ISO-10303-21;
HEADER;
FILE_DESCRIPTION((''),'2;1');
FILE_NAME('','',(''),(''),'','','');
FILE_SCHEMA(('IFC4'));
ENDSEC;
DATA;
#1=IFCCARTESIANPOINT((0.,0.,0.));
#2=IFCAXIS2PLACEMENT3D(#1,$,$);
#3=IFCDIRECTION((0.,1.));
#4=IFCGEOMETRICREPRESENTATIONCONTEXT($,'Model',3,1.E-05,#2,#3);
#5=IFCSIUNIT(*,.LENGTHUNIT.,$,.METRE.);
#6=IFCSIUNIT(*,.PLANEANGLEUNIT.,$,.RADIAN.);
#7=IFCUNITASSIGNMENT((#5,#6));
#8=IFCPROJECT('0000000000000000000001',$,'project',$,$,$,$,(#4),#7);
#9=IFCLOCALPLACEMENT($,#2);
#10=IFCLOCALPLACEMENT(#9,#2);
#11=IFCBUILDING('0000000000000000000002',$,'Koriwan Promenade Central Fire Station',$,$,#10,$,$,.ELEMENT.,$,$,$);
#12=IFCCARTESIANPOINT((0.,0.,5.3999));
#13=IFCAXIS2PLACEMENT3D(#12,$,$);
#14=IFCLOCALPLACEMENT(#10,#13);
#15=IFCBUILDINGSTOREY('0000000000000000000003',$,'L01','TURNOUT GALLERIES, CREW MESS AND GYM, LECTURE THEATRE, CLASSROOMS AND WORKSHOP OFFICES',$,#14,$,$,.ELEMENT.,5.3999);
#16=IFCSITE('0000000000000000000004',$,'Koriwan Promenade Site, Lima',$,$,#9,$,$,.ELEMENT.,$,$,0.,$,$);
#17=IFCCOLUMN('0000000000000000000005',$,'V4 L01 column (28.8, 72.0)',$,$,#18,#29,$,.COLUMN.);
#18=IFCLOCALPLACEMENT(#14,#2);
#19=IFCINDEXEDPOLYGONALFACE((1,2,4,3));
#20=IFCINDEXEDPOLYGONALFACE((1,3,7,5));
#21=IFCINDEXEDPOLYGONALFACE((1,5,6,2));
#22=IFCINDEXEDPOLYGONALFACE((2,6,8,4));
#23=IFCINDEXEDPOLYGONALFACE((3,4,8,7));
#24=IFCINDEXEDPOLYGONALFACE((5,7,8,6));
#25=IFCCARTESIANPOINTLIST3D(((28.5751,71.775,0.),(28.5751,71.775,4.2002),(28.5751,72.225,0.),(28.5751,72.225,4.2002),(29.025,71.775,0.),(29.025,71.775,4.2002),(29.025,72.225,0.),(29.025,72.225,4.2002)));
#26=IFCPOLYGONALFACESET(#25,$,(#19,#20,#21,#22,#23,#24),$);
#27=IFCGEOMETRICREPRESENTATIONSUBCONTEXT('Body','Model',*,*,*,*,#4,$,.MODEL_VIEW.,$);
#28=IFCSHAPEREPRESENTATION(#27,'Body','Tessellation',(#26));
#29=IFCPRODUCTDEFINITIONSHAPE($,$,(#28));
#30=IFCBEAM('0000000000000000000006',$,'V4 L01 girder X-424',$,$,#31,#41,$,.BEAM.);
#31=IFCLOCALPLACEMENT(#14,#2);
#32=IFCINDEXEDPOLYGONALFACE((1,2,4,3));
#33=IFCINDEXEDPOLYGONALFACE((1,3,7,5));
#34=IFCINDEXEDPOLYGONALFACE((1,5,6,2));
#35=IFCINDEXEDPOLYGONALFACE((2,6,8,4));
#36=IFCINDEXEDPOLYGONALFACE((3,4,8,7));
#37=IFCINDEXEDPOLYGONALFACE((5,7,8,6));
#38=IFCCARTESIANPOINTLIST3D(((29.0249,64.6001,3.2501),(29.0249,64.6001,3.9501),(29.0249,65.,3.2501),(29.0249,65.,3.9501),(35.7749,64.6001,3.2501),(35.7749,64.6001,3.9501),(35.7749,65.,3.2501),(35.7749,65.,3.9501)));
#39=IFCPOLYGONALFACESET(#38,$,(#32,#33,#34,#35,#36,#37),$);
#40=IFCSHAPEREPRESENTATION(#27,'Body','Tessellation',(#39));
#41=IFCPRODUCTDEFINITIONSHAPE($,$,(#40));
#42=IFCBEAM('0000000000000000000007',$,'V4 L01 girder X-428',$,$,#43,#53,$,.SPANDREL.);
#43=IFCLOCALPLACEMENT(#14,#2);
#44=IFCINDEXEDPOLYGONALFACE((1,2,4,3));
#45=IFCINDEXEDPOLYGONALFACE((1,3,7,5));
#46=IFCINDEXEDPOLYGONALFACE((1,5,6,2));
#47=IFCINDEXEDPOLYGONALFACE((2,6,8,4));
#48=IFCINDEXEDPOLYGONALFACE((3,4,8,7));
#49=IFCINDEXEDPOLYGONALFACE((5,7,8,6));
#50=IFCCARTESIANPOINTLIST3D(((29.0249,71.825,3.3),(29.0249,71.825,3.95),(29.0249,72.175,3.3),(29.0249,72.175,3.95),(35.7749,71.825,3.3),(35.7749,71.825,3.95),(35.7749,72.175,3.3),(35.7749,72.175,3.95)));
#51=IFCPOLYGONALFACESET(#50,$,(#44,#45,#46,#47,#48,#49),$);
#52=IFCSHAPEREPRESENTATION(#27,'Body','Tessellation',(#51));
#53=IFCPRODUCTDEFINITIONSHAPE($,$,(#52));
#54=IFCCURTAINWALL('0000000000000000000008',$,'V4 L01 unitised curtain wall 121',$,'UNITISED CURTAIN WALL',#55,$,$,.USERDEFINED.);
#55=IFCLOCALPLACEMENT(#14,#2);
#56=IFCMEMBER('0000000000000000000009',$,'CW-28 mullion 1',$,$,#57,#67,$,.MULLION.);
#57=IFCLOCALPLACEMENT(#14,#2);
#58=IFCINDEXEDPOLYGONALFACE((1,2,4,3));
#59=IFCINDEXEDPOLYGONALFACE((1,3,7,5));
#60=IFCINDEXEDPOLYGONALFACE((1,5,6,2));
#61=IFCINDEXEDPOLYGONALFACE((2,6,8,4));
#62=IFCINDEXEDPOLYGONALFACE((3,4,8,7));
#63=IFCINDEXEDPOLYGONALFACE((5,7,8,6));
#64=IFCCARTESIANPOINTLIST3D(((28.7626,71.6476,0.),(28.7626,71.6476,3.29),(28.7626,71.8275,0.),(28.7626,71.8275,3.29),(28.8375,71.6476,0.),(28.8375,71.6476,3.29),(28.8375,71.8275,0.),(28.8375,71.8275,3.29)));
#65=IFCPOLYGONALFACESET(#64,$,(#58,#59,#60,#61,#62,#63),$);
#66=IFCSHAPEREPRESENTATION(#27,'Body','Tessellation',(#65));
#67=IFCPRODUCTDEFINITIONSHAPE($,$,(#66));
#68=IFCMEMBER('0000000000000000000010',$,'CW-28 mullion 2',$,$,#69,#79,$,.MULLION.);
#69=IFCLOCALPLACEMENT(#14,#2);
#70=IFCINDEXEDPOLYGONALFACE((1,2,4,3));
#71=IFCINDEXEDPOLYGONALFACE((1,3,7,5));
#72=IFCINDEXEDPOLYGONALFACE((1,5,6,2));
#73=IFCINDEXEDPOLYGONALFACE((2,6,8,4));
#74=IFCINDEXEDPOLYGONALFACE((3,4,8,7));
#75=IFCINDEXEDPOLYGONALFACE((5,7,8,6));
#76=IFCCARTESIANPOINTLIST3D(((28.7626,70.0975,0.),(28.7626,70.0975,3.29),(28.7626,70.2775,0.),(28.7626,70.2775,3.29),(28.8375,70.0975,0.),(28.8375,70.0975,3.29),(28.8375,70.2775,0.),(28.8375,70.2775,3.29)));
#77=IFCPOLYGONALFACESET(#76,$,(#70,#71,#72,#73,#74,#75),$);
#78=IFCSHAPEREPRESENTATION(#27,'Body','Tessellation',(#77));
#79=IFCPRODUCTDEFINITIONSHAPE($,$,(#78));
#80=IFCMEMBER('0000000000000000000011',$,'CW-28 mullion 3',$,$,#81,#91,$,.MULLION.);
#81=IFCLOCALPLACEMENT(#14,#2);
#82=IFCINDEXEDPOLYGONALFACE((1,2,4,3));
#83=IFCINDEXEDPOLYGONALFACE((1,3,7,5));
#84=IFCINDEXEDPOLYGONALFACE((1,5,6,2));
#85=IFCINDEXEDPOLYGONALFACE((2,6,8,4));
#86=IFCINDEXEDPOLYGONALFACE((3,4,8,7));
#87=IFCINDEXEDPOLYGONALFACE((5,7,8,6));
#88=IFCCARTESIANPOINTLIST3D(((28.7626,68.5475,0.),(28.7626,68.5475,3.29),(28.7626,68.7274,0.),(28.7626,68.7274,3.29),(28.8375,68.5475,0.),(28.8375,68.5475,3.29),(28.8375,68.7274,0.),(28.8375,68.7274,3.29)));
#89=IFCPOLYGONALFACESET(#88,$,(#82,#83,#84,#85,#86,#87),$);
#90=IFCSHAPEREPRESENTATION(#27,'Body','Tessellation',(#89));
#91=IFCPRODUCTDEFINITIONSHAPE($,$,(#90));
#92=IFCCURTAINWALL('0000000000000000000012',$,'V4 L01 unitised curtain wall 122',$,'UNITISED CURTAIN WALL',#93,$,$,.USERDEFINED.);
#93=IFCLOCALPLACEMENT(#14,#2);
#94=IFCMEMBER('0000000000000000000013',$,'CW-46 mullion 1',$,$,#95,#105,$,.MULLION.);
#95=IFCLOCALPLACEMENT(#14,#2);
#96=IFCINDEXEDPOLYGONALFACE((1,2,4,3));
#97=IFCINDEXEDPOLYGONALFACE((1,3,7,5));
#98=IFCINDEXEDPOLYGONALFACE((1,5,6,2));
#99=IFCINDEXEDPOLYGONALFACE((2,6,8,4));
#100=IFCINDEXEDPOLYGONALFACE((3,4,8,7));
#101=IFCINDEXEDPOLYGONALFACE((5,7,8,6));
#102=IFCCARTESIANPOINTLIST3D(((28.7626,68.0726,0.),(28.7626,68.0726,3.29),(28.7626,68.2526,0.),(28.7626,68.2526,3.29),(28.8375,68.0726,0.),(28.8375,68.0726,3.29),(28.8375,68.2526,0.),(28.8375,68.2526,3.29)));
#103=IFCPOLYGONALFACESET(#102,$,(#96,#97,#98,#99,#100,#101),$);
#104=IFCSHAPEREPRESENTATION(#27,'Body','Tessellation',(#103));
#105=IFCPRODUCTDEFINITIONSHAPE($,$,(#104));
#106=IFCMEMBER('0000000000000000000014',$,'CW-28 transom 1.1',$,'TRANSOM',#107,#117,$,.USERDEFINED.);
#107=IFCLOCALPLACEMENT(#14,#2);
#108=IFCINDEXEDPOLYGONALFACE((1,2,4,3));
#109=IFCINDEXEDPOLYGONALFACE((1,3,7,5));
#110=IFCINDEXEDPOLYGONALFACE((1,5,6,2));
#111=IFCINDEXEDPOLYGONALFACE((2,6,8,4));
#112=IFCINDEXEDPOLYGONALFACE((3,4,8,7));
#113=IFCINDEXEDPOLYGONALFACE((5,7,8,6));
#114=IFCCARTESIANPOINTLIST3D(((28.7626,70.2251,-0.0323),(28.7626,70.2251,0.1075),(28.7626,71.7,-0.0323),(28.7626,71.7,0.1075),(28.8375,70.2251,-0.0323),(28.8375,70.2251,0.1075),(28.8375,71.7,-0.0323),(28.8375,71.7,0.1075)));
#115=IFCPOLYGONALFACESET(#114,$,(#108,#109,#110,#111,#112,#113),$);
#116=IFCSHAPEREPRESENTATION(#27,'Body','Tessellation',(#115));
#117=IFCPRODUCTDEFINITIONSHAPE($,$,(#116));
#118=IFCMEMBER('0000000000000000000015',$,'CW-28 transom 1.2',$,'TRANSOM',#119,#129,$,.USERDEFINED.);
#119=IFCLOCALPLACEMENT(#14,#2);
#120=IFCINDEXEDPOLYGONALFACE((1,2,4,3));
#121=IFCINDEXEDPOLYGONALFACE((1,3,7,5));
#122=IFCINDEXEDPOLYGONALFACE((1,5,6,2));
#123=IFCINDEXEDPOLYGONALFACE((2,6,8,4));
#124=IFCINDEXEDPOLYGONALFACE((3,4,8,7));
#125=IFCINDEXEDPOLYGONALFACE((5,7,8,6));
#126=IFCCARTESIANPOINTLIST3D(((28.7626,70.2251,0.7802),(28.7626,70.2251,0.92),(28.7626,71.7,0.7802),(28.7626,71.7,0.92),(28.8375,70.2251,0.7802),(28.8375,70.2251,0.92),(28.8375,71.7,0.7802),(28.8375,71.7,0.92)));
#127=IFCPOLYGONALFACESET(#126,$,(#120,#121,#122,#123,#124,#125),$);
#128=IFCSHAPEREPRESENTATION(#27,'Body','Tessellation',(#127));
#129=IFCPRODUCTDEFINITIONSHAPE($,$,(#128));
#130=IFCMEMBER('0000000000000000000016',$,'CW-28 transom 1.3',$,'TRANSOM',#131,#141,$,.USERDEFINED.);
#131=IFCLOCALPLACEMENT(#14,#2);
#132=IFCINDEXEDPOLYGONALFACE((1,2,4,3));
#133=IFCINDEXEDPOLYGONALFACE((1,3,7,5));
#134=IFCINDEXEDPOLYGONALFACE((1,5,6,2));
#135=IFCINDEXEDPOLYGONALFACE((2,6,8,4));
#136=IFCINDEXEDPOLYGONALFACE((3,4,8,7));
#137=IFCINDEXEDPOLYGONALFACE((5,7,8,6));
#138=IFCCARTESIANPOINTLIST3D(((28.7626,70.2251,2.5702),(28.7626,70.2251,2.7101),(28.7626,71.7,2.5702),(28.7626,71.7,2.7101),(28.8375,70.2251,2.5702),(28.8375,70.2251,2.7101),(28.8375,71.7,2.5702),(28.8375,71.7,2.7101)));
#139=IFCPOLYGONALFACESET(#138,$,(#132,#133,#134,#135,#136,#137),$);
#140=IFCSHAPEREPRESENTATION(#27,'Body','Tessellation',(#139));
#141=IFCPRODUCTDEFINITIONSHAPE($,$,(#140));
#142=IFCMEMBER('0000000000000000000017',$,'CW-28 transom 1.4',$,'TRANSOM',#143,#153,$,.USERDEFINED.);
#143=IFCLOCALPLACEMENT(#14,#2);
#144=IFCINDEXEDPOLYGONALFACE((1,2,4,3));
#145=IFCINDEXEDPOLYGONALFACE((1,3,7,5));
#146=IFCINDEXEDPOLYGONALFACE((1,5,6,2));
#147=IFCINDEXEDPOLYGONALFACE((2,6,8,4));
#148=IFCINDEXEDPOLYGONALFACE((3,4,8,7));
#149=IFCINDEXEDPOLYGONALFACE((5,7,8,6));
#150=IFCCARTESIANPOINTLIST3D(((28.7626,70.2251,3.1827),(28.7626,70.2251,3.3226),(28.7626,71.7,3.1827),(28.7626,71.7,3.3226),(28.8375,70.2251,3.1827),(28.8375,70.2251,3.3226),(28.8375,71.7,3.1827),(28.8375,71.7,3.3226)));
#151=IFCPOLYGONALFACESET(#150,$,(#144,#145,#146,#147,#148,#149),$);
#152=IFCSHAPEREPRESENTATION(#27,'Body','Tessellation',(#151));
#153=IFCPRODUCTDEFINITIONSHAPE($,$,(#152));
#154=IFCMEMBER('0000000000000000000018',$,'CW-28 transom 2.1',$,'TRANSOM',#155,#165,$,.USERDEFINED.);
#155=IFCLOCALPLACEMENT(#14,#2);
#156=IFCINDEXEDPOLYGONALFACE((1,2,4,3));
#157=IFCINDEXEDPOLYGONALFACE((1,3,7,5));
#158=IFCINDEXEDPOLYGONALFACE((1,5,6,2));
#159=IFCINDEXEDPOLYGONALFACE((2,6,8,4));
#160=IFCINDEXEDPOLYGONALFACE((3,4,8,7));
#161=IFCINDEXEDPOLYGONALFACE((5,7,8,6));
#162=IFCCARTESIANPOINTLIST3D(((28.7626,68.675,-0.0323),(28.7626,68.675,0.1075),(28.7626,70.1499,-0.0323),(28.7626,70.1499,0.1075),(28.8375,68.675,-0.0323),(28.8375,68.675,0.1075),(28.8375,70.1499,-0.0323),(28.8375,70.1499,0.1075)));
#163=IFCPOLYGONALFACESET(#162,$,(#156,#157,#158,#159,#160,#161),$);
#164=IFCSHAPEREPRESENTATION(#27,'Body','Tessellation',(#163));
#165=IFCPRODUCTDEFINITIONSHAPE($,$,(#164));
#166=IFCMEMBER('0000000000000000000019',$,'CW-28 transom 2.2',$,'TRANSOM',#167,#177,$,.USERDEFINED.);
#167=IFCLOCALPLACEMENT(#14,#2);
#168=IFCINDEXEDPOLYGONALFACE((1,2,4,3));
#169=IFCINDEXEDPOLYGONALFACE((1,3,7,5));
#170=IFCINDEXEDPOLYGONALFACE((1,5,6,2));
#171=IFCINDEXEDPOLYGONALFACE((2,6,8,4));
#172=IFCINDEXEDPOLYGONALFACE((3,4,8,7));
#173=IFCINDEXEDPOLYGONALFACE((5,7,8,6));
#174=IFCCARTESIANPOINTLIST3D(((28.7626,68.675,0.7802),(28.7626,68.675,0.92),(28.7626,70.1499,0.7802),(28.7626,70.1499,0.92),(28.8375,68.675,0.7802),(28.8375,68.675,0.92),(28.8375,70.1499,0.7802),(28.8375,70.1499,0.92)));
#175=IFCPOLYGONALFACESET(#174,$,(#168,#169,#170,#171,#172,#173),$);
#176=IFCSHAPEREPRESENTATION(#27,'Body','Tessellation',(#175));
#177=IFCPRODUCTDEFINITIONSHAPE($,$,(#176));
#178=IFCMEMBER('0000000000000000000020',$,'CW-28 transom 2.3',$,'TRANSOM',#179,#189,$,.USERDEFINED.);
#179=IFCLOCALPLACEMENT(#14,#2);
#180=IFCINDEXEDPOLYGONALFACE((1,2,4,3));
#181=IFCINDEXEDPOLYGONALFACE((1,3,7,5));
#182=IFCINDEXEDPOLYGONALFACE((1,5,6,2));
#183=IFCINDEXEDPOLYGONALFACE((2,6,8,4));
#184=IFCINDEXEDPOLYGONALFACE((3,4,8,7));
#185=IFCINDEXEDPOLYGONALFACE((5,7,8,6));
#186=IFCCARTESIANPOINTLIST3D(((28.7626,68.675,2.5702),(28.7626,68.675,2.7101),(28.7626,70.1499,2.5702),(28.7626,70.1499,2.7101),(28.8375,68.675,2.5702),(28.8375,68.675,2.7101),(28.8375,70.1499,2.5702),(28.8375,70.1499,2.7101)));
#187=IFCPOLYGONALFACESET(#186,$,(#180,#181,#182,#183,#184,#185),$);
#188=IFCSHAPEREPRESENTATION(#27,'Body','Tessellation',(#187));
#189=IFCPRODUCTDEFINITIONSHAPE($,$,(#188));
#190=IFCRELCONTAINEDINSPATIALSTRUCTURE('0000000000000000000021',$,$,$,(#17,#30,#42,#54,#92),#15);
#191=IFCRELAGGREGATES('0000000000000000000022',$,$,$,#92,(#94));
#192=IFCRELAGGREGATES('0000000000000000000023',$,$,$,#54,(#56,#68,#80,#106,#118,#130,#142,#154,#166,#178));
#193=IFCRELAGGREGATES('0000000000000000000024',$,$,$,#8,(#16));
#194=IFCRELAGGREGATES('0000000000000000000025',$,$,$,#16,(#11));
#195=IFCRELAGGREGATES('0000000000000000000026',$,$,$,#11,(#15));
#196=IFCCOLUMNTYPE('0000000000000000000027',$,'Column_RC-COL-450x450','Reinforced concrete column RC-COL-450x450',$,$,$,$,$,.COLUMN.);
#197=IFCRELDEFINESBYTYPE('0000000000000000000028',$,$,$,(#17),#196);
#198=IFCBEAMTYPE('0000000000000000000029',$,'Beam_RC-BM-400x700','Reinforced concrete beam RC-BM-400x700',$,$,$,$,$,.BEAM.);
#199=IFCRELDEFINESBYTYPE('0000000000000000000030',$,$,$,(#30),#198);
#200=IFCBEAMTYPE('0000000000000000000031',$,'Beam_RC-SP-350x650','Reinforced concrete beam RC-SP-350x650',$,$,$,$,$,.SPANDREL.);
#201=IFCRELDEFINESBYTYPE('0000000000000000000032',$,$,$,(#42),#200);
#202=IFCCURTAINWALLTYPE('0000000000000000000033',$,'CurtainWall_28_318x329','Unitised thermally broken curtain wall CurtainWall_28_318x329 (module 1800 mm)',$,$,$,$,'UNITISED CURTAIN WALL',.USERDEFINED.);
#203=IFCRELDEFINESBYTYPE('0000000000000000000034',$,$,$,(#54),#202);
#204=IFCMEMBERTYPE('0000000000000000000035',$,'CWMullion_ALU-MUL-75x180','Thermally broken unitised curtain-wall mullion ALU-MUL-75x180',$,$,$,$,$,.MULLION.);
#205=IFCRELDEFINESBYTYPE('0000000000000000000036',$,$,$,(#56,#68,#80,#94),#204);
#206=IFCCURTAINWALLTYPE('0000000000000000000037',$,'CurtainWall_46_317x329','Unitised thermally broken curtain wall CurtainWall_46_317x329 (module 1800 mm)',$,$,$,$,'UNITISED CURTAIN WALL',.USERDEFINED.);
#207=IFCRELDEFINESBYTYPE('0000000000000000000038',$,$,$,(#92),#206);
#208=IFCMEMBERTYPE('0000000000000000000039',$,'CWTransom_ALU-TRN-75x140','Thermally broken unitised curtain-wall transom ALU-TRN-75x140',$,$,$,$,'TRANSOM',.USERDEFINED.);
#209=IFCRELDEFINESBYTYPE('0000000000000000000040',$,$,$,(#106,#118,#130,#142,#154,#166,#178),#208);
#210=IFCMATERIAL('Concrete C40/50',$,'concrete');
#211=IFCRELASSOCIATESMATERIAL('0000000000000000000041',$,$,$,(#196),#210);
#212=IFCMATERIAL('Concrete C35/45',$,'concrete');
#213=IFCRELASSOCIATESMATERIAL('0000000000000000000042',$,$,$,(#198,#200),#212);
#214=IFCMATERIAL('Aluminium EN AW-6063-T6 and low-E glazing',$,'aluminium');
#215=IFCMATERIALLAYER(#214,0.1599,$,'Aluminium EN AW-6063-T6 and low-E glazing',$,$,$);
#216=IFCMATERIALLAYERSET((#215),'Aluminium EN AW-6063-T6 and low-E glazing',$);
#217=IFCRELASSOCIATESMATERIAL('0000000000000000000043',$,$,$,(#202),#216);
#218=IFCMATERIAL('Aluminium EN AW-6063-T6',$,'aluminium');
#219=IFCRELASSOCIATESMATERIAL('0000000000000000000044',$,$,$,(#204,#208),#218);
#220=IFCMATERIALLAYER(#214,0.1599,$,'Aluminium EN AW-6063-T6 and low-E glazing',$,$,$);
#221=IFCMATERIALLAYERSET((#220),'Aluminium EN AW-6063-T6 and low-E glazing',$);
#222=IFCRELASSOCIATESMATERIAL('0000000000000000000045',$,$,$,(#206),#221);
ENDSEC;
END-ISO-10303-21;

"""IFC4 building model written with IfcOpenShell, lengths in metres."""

from ifc_helpers import new_model, si_unit, direction, frame, origin, origin_2d, place, context, subcontext, project, spatial, rectangle, extrude, material, layer, layer_set, material_profile, profile_set, type_object, element, aggregate, save


model = new_model("IFC4")

# Units and contexts
model_context = context("Model", 3, precision=1e-05, world=origin(), true_north=direction((0.0, 1.0)))
body_context = subcontext(model_context, "Body", "Model", "MODEL_VIEW")
ifc_project = project(units=[si_unit("LENGTHUNIT", "METRE"), si_unit("PLANEANGLEUNIT", "RADIAN")], contexts=[model_context])

# Site, building, storey
site_placement = place(None, origin())
site = spatial("IfcSite", under=ifc_project, at=site_placement, Name="Koriwan Promenade Site, Lima", CompositionType="ELEMENT", RefElevation=0.0)
building_placement = place(site_placement, origin())
building = spatial("IfcBuilding", under=site, at=building_placement, Name="Koriwan Promenade Central Fire Station", CompositionType="ELEMENT")
storey_placement = place(building_placement, frame((0.0, 0.0, 5.3999)))
storey = spatial("IfcBuildingStorey", under=building, at=storey_placement, Name="L01", Description="TURNOUT GALLERIES, CREW MESS AND GYM, LECTURE THEATRE, CLASSROOMS AND WORKSHOP OFFICES", CompositionType="ELEMENT", Elevation=5.3999)

# Column
ifc_material_1 = material(Name="Concrete C40/50", Category="concrete")
ifc_material_profile_1 = material_profile(ifc_material_1, rectangle(XDim=0.45, YDim=0.45, at=origin_2d()), Name="RC-COL-450x450")
ifc_profile_set_1 = profile_set([ifc_material_profile_1], Name="Concrete C40/50")
column_type = type_object("IfcColumnType", Name="Column_RC-COL-450x450", Description="Reinforced concrete column RC-COL-450x450", PredefinedType="COLUMN", material=ifc_profile_set_1)
column_placement = place(storey_placement, frame((28.8, 72.0, 0.0), z_axis=(0.0, 0.0, 1.0), x_axis=(1.0, 0.0, 0.0)))
element("IfcColumn", 1, at=column_placement, inside=storey, type_object=column_type, Name="V4 L01 column (28.8, 72.0)", PredefinedType="COLUMN", context=body_context, shape_type="SweptSolid", body=[
    extrude(rectangle(XDim=0.45, YDim=0.45, at=origin_2d()), origin(), (0.0, 0.0, 1.0), 4.2002),
])

# Beams
ifc_material_2 = material(Name="Concrete C35/45", Category="concrete")
ifc_material_profile_2 = material_profile(ifc_material_2, rectangle(XDim=0.3999, YDim=0.7, at=origin_2d()), Name="RC-BM-400x700")
ifc_profile_set_2 = profile_set([ifc_material_profile_2], Name="Concrete C35/45")
beam_type_1 = type_object("IfcBeamType", Name="Beam_RC-BM-400x700", Description="Reinforced concrete beam RC-BM-400x700", PredefinedType="BEAM", material=ifc_profile_set_2)
beam_1_placement = place(storey_placement, frame((29.0249, 64.8, 3.6001), z_axis=(1.0, 0.0, 0.0), x_axis=(0.0, 1.0, 0.0)))
element("IfcBeam", 2, at=beam_1_placement, inside=storey, type_object=beam_type_1, Name="V4 L01 girder X-424", PredefinedType="BEAM", context=body_context, shape_type="SweptSolid", body=[
    extrude(rectangle(XDim=0.3999, YDim=0.7, at=origin_2d()), origin(), (0.0, 0.0, 1.0), 6.75),
])
ifc_material_profile_3 = material_profile(ifc_material_2, rectangle(XDim=0.3501, YDim=0.6499, at=origin_2d()), Name="RC-SP-350x650")
ifc_profile_set_3 = profile_set([ifc_material_profile_3], Name="Concrete C35/45")
beam_type_2 = type_object("IfcBeamType", Name="Beam_RC-SP-350x650", Description="Reinforced concrete beam RC-SP-350x650", PredefinedType="SPANDREL", material=ifc_profile_set_3)
beam_2_placement = place(storey_placement, frame((29.0249, 72.0, 3.625), z_axis=(1.0, 0.0, 0.0), x_axis=(0.0, 1.0, 0.0)))
element("IfcBeam", 3, at=beam_2_placement, inside=storey, type_object=beam_type_2, Name="V4 L01 girder X-428", PredefinedType="SPANDREL", context=body_context, shape_type="SweptSolid", body=[
    extrude(rectangle(XDim=0.3501, YDim=0.6499, at=origin_2d()), origin(), (0.0, 0.0, 1.0), 6.75),
])

# Curtain wall, members
ifc_material_3 = material(Name="Aluminium EN AW-6063-T6 and low-E glazing", Category="aluminium")
ifc_layer_1 = layer(ifc_material_3, 0.1599, Name="Aluminium EN AW-6063-T6 and low-E glazing")
ifc_layer_set_1 = layer_set([ifc_layer_1], Name="Aluminium EN AW-6063-T6 and low-E glazing")
curtain_wall_type_1 = type_object("IfcCurtainWallType", Name="CurtainWall_28_318x329", Description="Unitised thermally broken curtain wall CurtainWall_28_318x329 (module 1800 mm)", ElementType="UNITISED CURTAIN WALL", PredefinedType="USERDEFINED", material=ifc_layer_set_1)
curtain_wall_1_placement = place(storey_placement, origin())
curtain_wall_1 = element("IfcCurtainWall", 4, at=curtain_wall_1_placement, inside=storey, type_object=curtain_wall_type_1, Name="V4 L01 unitised curtain wall 121", ObjectType="UNITISED CURTAIN WALL", PredefinedType="USERDEFINED")
ifc_material_4 = material(Name="Aluminium EN AW-6063-T6", Category="aluminium")
ifc_material_profile_4 = material_profile(ifc_material_4, rectangle(XDim=0.075, YDim=0.1799, at=origin_2d()), Name="ALU-MUL-75x180")
ifc_profile_set_4 = profile_set([ifc_material_profile_4], Name="Aluminium EN AW-6063-T6")
member_type_1 = type_object("IfcMemberType", Name="CWMullion_ALU-MUL-75x180", Description="Thermally broken unitised curtain-wall mullion ALU-MUL-75x180", PredefinedType="MULLION", material=ifc_profile_set_4)
member_1_placement = place(storey_placement, frame((28.8, 71.7375, 0.0), z_axis=(0.0, 0.0, 1.0), x_axis=(1.0, 0.0, 0.0)))
member_1 = element("IfcMember", 5, at=member_1_placement, type_object=member_type_1, Name="CW-28 mullion 1", PredefinedType="MULLION", context=body_context, shape_type="SweptSolid", body=[
    extrude(rectangle(XDim=0.075, YDim=0.1799, at=origin_2d()), origin(), (0.0, 0.0, 1.0), 3.29),
])
member_2_placement = place(storey_placement, frame((28.8, 70.1875, 0.0), z_axis=(0.0, 0.0, 1.0), x_axis=(1.0, 0.0, 0.0)))
member_2 = element("IfcMember", 6, at=member_2_placement, type_object=member_type_1, Name="CW-28 mullion 2", PredefinedType="MULLION", context=body_context, shape_type="SweptSolid", body=[
    extrude(rectangle(XDim=0.075, YDim=0.1799, at=origin_2d()), origin(), (0.0, 0.0, 1.0), 3.29),
])
member_3_placement = place(storey_placement, frame((28.8, 68.6375, 0.0), z_axis=(0.0, 0.0, 1.0), x_axis=(1.0, 0.0, 0.0)))
member_3 = element("IfcMember", 7, at=member_3_placement, type_object=member_type_1, Name="CW-28 mullion 3", PredefinedType="MULLION", context=body_context, shape_type="SweptSolid", body=[
    extrude(rectangle(XDim=0.075, YDim=0.1799, at=origin_2d()), origin(), (0.0, 0.0, 1.0), 3.29),
])

# Curtain wall, member
ifc_layer_2 = layer(ifc_material_3, 0.1599, Name="Aluminium EN AW-6063-T6 and low-E glazing")
ifc_layer_set_2 = layer_set([ifc_layer_2], Name="Aluminium EN AW-6063-T6 and low-E glazing")
curtain_wall_type_2 = type_object("IfcCurtainWallType", Name="CurtainWall_46_317x329", Description="Unitised thermally broken curtain wall CurtainWall_46_317x329 (module 1800 mm)", ElementType="UNITISED CURTAIN WALL", PredefinedType="USERDEFINED", material=ifc_layer_set_2)
curtain_wall_2_placement = place(storey_placement, origin())
curtain_wall_2 = element("IfcCurtainWall", 8, at=curtain_wall_2_placement, inside=storey, type_object=curtain_wall_type_2, Name="V4 L01 unitised curtain wall 122", ObjectType="UNITISED CURTAIN WALL", PredefinedType="USERDEFINED")
member_4_placement = place(storey_placement, frame((28.8, 68.1626, 0.0), z_axis=(0.0, 0.0, 1.0), x_axis=(1.0, 0.0, 0.0)))
member_4 = element("IfcMember", 9, at=member_4_placement, type_object=member_type_1, Name="CW-46 mullion 1", PredefinedType="MULLION", context=body_context, shape_type="SweptSolid", body=[
    extrude(rectangle(XDim=0.075, YDim=0.1799, at=origin_2d()), origin(), (0.0, 0.0, 1.0), 3.29),
])

# Members
ifc_material_profile_5 = material_profile(ifc_material_4, rectangle(XDim=0.075, YDim=0.1399, at=origin_2d()), Name="ALU-TRN-75x140")
ifc_profile_set_5 = profile_set([ifc_material_profile_5], Name="Aluminium EN AW-6063-T6")
member_type_2 = type_object("IfcMemberType", Name="CWTransom_ALU-TRN-75x140", Description="Thermally broken unitised curtain-wall transom ALU-TRN-75x140", ElementType="TRANSOM", PredefinedType="USERDEFINED", material=ifc_profile_set_5)
member_5_placement = place(storey_placement, frame((28.8, 71.7, 0.0376), z_axis=(0.0, -1.0, 0.0), x_axis=(1.0, 0.0, 0.0)))
member_5 = element("IfcMember", 10, at=member_5_placement, type_object=member_type_2, Name="CW-28 transom 1.1", ObjectType="TRANSOM", PredefinedType="USERDEFINED", context=body_context, shape_type="SweptSolid", body=[
    extrude(rectangle(XDim=0.075, YDim=0.1399, at=origin_2d()), origin(), (0.0, 0.0, 1.0), 1.4749),
])
member_6_placement = place(storey_placement, frame((28.8, 71.7, 0.8501), z_axis=(0.0, -1.0, 0.0), x_axis=(1.0, 0.0, 0.0)))
member_6 = element("IfcMember", 11, at=member_6_placement, type_object=member_type_2, Name="CW-28 transom 1.2", ObjectType="TRANSOM", PredefinedType="USERDEFINED", context=body_context, shape_type="SweptSolid", body=[
    extrude(rectangle(XDim=0.075, YDim=0.1399, at=origin_2d()), origin(), (0.0, 0.0, 1.0), 1.4749),
])
member_7_placement = place(storey_placement, frame((28.8, 71.7, 2.6401), z_axis=(0.0, -1.0, 0.0), x_axis=(1.0, 0.0, 0.0)))
member_7 = element("IfcMember", 12, at=member_7_placement, type_object=member_type_2, Name="CW-28 transom 1.3", ObjectType="TRANSOM", PredefinedType="USERDEFINED", context=body_context, shape_type="SweptSolid", body=[
    extrude(rectangle(XDim=0.075, YDim=0.1399, at=origin_2d()), origin(), (0.0, 0.0, 1.0), 1.4749),
])
member_8_placement = place(storey_placement, frame((28.8, 71.7, 3.2527), z_axis=(0.0, -1.0, 0.0), x_axis=(1.0, 0.0, 0.0)))
member_8 = element("IfcMember", 13, at=member_8_placement, type_object=member_type_2, Name="CW-28 transom 1.4", ObjectType="TRANSOM", PredefinedType="USERDEFINED", context=body_context, shape_type="SweptSolid", body=[
    extrude(rectangle(XDim=0.075, YDim=0.1399, at=origin_2d()), origin(), (0.0, 0.0, 1.0), 1.4749),
])
member_9_placement = place(storey_placement, frame((28.8, 70.1499, 0.0376), z_axis=(0.0, -1.0, 0.0), x_axis=(1.0, 0.0, 0.0)))
member_9 = element("IfcMember", 14, at=member_9_placement, type_object=member_type_2, Name="CW-28 transom 2.1", ObjectType="TRANSOM", PredefinedType="USERDEFINED", context=body_context, shape_type="SweptSolid", body=[
    extrude(rectangle(XDim=0.075, YDim=0.1399, at=origin_2d()), origin(), (0.0, 0.0, 1.0), 1.4749),
])
member_10_placement = place(storey_placement, frame((28.8, 70.1499, 0.8501), z_axis=(0.0, -1.0, 0.0), x_axis=(1.0, 0.0, 0.0)))
member_10 = element("IfcMember", 15, at=member_10_placement, type_object=member_type_2, Name="CW-28 transom 2.2", ObjectType="TRANSOM", PredefinedType="USERDEFINED", context=body_context, shape_type="SweptSolid", body=[
    extrude(rectangle(XDim=0.075, YDim=0.1399, at=origin_2d()), origin(), (0.0, 0.0, 1.0), 1.4749),
])
member_11_placement = place(storey_placement, frame((28.8, 70.1499, 2.6401), z_axis=(0.0, -1.0, 0.0), x_axis=(1.0, 0.0, 0.0)))
member_11 = element("IfcMember", 16, at=member_11_placement, type_object=member_type_2, Name="CW-28 transom 2.3", ObjectType="TRANSOM", PredefinedType="USERDEFINED", context=body_context, shape_type="SweptSolid", body=[
    extrude(rectangle(XDim=0.075, YDim=0.1399, at=origin_2d()), origin(), (0.0, 0.0, 1.0), 1.4749),
])
aggregate(curtain_wall_2, [member_4])

aggregate(curtain_wall_1, [member_1, member_2, member_3, member_5, member_6, member_7, member_8, member_9, member_10, member_11])

save(model, "model.ifc")
